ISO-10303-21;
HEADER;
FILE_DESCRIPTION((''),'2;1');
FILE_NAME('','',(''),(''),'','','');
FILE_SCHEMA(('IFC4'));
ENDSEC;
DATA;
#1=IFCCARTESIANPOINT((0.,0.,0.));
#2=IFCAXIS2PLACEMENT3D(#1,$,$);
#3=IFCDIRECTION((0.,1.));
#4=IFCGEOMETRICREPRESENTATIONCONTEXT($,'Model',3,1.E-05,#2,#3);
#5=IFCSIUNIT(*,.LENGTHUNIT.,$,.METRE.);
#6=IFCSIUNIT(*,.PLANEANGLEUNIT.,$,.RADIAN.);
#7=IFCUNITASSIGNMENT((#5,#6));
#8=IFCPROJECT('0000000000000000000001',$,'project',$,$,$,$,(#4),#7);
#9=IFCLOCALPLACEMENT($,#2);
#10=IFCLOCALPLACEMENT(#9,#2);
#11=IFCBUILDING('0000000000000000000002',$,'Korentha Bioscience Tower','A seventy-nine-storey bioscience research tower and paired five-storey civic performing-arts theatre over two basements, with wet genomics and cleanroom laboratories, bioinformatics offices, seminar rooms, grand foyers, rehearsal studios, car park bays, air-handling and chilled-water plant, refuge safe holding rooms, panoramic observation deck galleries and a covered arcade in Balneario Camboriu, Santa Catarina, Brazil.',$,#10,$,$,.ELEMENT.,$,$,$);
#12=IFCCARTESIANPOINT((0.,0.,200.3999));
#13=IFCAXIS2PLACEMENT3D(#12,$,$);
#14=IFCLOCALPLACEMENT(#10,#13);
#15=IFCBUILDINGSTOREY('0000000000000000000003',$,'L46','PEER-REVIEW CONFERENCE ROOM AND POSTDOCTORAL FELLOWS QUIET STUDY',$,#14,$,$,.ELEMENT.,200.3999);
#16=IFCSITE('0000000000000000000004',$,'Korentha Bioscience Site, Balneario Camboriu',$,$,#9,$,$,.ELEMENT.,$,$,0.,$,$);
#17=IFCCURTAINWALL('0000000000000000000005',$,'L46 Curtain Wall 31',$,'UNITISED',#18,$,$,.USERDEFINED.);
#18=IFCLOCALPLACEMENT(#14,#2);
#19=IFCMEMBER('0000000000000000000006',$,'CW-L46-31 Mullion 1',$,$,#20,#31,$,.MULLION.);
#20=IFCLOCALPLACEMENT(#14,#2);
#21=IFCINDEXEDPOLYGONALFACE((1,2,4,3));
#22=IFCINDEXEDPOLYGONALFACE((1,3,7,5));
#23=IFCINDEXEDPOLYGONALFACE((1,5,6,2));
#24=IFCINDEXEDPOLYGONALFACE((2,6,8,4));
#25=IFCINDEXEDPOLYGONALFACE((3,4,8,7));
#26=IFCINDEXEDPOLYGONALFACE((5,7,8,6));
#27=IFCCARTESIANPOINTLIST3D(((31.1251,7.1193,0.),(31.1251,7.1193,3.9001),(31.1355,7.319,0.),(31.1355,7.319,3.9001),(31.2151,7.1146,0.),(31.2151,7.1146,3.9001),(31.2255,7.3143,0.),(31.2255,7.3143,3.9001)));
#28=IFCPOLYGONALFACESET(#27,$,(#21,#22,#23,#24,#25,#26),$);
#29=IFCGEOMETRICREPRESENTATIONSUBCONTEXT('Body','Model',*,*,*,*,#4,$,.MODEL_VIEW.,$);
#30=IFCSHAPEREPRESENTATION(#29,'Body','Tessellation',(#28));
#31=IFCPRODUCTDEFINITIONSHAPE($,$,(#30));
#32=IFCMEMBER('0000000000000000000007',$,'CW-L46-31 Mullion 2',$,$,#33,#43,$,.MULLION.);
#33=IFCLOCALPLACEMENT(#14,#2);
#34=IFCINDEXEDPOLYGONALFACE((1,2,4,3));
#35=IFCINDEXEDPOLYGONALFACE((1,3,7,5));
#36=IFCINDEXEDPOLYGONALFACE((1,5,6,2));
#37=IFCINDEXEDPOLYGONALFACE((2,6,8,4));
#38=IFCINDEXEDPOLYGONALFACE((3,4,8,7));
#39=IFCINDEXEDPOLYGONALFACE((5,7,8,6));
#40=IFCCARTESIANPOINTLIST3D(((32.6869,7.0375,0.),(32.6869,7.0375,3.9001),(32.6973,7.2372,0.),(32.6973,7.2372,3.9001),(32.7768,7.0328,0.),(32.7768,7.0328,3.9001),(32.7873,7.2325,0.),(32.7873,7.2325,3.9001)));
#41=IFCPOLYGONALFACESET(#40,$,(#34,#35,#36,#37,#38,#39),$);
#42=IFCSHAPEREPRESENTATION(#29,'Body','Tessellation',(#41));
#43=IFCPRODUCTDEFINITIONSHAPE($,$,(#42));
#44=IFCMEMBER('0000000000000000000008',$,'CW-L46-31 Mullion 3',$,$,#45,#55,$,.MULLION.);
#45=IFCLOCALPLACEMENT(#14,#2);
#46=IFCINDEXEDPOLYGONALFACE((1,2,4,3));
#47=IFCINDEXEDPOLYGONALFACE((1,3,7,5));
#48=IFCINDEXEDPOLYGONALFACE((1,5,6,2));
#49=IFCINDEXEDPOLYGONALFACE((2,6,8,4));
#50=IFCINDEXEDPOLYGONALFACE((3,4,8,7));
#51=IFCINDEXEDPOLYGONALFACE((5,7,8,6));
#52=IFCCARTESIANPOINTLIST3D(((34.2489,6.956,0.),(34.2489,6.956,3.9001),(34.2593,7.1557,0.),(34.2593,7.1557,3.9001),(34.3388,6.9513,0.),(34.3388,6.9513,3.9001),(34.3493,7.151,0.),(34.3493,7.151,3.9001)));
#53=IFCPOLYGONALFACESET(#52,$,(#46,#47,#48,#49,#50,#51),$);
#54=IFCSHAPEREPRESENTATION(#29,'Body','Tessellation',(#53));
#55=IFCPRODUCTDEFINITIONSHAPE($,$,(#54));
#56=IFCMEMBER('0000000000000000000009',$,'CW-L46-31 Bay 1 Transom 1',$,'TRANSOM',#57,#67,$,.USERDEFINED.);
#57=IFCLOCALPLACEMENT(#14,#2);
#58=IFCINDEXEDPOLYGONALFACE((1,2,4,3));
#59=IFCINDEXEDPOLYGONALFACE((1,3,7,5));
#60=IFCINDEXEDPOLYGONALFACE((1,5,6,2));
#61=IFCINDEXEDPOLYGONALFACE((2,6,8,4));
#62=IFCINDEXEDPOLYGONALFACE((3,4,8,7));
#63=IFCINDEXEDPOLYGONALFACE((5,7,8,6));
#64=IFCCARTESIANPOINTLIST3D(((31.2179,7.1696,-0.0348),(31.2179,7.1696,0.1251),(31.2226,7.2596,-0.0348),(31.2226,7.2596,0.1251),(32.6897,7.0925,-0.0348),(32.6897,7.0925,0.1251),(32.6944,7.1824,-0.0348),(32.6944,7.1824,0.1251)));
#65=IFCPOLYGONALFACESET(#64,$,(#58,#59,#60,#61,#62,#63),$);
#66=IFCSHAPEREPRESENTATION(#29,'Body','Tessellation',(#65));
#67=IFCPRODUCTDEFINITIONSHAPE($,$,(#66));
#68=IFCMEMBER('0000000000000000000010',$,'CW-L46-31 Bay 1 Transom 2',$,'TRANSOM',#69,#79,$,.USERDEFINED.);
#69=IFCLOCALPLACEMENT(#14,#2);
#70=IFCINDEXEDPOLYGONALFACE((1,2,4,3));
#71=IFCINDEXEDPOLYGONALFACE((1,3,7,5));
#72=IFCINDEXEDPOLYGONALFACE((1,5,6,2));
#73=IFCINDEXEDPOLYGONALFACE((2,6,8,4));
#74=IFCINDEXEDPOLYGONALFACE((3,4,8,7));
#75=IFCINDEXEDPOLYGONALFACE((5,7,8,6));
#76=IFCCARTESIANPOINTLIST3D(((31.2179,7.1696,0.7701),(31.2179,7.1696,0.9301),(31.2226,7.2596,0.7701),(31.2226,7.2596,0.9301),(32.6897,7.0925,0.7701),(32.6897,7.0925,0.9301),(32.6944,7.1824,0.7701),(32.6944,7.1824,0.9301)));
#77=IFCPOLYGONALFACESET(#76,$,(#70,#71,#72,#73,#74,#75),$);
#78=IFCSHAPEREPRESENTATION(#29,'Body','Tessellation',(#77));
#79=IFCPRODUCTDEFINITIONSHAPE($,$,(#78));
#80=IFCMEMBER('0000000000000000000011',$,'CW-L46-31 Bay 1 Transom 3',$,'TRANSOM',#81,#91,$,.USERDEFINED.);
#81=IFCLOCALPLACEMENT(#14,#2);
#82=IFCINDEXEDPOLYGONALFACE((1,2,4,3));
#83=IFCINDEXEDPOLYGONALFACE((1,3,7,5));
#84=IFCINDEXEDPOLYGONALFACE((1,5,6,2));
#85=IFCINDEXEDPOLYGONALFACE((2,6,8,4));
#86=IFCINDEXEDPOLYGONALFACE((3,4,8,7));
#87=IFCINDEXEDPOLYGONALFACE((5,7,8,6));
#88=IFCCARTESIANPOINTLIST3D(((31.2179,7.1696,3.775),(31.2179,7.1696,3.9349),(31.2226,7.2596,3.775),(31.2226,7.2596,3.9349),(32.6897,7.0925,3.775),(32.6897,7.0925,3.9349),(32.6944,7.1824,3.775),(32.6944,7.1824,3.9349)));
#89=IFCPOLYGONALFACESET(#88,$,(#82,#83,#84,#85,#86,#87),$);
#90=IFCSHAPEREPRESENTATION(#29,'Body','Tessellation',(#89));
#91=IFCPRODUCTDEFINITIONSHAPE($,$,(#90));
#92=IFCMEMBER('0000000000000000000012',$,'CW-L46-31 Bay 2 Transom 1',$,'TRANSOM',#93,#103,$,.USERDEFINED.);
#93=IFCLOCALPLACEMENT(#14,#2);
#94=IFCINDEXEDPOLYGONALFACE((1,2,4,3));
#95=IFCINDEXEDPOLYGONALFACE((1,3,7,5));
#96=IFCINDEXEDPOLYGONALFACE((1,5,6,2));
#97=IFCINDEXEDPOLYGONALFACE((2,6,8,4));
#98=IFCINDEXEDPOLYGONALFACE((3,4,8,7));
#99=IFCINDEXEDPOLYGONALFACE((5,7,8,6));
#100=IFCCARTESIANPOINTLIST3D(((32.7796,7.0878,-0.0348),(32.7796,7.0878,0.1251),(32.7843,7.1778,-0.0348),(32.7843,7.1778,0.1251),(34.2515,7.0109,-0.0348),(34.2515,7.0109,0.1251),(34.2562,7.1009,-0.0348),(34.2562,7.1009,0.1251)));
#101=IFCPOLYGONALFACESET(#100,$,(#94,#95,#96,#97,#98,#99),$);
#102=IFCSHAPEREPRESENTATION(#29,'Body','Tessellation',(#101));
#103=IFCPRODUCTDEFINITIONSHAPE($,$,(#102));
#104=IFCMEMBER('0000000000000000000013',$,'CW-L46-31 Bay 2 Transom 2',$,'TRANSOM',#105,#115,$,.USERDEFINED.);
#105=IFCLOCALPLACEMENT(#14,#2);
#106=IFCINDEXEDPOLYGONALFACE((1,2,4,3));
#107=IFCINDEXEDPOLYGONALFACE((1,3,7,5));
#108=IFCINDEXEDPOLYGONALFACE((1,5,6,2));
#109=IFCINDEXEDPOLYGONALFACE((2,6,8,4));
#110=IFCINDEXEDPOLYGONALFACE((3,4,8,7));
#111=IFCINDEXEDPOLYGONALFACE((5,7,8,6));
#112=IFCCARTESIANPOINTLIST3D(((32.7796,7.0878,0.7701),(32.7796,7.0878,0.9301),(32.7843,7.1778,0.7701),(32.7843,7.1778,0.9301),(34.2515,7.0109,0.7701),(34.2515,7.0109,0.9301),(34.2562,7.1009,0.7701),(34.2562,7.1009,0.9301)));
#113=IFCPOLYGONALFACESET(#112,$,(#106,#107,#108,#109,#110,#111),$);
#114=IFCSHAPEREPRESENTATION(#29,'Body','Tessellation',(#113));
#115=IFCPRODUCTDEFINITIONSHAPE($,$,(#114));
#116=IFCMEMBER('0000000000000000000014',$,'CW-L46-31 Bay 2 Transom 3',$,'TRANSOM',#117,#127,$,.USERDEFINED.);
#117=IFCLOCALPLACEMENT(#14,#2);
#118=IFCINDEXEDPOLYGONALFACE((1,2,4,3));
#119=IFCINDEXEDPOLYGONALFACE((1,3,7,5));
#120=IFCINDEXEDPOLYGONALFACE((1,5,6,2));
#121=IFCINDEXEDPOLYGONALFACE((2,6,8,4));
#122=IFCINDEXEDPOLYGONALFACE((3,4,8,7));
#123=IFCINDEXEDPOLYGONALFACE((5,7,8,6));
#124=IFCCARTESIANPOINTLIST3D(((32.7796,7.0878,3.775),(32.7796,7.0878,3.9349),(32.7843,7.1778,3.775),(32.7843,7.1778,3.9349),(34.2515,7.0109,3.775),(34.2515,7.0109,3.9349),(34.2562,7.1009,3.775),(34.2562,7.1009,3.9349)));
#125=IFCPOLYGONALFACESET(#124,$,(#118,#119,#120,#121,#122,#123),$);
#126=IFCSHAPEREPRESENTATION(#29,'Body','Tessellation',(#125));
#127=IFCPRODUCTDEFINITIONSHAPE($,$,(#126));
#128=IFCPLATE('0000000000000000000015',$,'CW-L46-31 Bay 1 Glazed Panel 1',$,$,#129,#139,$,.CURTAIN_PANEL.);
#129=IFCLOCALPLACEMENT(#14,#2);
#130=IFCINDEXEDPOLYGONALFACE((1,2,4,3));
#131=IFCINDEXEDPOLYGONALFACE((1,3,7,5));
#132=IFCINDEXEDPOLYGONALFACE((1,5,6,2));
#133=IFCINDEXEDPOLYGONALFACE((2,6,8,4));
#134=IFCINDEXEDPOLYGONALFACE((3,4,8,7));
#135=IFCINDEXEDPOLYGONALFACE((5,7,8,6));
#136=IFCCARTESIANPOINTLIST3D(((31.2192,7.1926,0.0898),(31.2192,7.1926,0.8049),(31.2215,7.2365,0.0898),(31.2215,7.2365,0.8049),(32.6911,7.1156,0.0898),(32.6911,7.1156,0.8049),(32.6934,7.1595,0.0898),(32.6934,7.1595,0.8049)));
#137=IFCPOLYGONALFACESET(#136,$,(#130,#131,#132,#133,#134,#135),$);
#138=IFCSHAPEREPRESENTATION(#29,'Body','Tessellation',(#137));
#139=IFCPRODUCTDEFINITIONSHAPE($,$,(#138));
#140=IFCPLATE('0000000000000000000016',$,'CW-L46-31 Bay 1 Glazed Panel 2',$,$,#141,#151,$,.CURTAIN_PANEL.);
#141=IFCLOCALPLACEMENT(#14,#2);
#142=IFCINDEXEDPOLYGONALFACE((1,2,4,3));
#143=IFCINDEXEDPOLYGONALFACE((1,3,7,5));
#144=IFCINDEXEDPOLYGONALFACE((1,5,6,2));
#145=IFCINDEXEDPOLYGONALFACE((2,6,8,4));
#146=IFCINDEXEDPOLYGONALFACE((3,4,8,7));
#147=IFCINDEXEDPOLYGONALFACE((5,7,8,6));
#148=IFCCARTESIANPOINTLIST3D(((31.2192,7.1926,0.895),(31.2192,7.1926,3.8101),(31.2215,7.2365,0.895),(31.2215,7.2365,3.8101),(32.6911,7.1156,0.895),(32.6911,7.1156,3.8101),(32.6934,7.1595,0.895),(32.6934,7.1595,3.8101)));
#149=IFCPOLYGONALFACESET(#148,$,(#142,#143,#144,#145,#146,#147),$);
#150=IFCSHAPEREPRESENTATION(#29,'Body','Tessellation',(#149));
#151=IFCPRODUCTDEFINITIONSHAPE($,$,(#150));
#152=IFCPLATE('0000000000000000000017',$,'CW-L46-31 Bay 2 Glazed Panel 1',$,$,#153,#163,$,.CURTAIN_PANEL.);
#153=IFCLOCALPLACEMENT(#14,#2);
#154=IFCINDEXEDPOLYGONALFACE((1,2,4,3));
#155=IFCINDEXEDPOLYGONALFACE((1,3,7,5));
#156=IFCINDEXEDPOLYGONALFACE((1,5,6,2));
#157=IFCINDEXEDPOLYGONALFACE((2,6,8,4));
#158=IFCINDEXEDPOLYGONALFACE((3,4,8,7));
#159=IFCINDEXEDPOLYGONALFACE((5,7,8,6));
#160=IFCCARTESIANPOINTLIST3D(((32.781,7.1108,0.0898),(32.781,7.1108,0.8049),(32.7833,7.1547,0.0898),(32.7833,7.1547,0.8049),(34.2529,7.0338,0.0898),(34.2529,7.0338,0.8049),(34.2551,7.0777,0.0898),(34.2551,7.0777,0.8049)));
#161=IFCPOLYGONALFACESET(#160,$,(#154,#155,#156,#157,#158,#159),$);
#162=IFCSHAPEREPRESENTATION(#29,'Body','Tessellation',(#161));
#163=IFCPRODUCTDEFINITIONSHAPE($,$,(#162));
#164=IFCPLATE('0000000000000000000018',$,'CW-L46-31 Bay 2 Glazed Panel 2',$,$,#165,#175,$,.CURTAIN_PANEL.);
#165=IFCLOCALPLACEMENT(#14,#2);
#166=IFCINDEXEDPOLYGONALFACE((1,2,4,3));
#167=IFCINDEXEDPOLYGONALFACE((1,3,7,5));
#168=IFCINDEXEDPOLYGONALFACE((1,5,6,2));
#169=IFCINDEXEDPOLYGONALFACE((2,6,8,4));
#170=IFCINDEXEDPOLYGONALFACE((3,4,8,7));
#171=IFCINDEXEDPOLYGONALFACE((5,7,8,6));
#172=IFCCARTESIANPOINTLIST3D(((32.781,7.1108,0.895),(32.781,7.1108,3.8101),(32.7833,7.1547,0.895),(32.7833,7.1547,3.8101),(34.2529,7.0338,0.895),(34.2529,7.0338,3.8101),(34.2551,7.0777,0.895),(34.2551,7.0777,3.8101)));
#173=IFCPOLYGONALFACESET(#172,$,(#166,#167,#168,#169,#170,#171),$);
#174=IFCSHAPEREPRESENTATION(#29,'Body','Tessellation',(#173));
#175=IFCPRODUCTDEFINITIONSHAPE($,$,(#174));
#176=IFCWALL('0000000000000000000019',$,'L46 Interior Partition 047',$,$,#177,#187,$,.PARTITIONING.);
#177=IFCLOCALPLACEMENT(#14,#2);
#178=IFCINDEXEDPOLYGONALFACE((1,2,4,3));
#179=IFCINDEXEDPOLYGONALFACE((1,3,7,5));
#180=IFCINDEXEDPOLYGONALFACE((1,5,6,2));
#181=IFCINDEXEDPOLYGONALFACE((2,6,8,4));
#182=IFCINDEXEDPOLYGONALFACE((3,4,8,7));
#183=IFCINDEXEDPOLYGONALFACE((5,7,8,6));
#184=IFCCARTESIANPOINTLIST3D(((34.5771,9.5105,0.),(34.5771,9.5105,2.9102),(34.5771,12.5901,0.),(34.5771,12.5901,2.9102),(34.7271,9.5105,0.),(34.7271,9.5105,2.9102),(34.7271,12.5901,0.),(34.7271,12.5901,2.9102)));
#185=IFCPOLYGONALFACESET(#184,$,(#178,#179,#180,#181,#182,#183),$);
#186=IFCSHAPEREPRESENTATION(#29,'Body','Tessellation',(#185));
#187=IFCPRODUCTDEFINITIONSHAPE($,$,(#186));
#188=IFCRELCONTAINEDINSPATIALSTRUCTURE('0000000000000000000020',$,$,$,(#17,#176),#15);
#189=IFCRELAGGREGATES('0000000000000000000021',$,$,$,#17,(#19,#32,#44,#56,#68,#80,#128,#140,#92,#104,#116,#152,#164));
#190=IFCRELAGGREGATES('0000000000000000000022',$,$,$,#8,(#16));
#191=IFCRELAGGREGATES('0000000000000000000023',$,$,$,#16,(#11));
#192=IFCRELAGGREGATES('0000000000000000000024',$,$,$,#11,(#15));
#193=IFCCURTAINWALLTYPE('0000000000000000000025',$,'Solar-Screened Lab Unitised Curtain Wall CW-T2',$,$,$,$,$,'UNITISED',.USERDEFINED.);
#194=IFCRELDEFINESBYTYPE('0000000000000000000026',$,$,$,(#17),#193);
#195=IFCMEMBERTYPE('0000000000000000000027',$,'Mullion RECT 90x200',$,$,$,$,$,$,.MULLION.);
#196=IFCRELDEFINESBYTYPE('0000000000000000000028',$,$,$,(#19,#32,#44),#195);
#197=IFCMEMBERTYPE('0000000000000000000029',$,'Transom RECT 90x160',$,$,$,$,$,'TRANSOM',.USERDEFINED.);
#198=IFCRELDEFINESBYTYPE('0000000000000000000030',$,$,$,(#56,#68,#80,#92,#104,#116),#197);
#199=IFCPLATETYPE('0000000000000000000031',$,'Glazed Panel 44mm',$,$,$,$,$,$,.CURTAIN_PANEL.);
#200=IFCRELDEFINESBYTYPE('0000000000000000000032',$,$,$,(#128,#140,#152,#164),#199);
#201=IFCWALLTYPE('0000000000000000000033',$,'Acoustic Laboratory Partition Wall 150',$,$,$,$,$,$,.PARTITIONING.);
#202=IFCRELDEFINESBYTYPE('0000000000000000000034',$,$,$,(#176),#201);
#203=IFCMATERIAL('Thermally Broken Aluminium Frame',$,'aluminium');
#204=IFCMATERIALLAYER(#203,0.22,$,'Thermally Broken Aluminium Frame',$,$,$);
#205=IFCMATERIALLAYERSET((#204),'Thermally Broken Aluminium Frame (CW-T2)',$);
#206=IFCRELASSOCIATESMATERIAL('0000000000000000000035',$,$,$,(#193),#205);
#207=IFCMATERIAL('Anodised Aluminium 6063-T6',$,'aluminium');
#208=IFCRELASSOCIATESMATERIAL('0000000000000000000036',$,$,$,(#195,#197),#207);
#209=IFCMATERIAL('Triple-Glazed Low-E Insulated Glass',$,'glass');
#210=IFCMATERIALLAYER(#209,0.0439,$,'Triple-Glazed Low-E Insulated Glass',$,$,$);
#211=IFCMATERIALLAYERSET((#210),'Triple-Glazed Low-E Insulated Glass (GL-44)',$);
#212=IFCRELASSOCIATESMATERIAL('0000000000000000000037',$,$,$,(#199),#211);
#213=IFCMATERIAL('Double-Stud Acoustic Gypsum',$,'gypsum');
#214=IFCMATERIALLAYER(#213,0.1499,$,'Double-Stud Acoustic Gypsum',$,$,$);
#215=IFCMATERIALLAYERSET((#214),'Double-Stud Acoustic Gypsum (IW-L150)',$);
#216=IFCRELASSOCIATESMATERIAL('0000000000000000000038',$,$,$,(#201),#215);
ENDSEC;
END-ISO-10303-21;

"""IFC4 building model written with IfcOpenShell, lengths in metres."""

from ifc_helpers import new_model, si_unit, direction, frame, frame_2d, origin, origin_2d, place, context, subcontext, project, spatial, rectangle, extrude, material, layer, layer_set, material_profile, profile_set, type_object, element, aggregate, save


model = new_model("IFC4")

# Units and contexts
model_context = context("Model", 3, precision=1e-05, world=origin(), true_north=direction((0.0, 1.0)))
body_context = subcontext(model_context, "Body", "Model", "MODEL_VIEW")
ifc_project = project(units=[si_unit("LENGTHUNIT", "METRE"), si_unit("PLANEANGLEUNIT", "RADIAN")], contexts=[model_context])

# Site, building, storey
site_placement = place(None, origin())
site = spatial("IfcSite", under=ifc_project, at=site_placement, Name="Korentha Bioscience Site, Balneario Camboriu", CompositionType="ELEMENT", RefElevation=0.0)
building_placement = place(site_placement, origin())
building = spatial("IfcBuilding", under=site, at=building_placement, Name="Korentha Bioscience Tower", Description="A seventy-nine-storey bioscience research tower and paired five-storey civic performing-arts theatre over two basements, with wet genomics and cleanroom laboratories, bioinformatics offices, seminar rooms, grand foyers, rehearsal studios, car park bays, air-handling and chilled-water plant, refuge safe holding rooms, panoramic observation deck galleries and a covered arcade in Balneario Camboriu, Santa Catarina, Brazil.", CompositionType="ELEMENT")
storey_placement = place(building_placement, frame((0.0, 0.0, 200.3999)))
storey = spatial("IfcBuildingStorey", under=building, at=storey_placement, Name="L46", Description="PEER-REVIEW CONFERENCE ROOM AND POSTDOCTORAL FELLOWS QUIET STUDY", CompositionType="ELEMENT", Elevation=200.3999)

# Curtain wall, members, plates
ifc_material_1 = material(Name="Thermally Broken Aluminium Frame", Category="aluminium")
ifc_layer_1 = layer(ifc_material_1, 0.22, Name="Thermally Broken Aluminium Frame")
ifc_layer_set_1 = layer_set([ifc_layer_1], Name="Thermally Broken Aluminium Frame (CW-T2)")
curtain_wall_type = type_object("IfcCurtainWallType", Name="Solar-Screened Lab Unitised Curtain Wall CW-T2", ElementType="UNITISED", PredefinedType="USERDEFINED", material=ifc_layer_set_1)
curtain_wall_placement = place(storey_placement, origin())
curtain_wall = element("IfcCurtainWall", 1, at=curtain_wall_placement, inside=storey, type_object=curtain_wall_type, Name="L46 Curtain Wall 31", ObjectType="UNITISED", PredefinedType="USERDEFINED")
ifc_material_2 = material(Name="Anodised Aluminium 6063-T6", Category="aluminium")
ifc_material_profile_1 = material_profile(ifc_material_2, rectangle(XDim=0.0901, YDim=0.2, at=origin_2d()), Name="Anodised Aluminium 6063-T6")
ifc_profile_set_1 = profile_set([ifc_material_profile_1], Name="Anodised Aluminium 6063-T6 (CW-MUL)")
member_type_1 = type_object("IfcMemberType", Name="Mullion RECT 90x200", PredefinedType="MULLION", material=ifc_profile_set_1)
member_1_placement = place(storey_placement, frame((31.1753, 7.2168, 0.0), z_axis=(0.0, 0.0, 1.0), x_axis=(0.998635, -0.052239, 0.0)))
member_1 = element("IfcMember", 2, at=member_1_placement, type_object=member_type_1, Name="CW-L46-31 Mullion 1", PredefinedType="MULLION", context=body_context, shape_type="SweptSolid", body=[
    extrude(rectangle(XDim=0.0901, YDim=0.2, at=origin_2d()), origin(), (0.0, 0.0, 1.0), 3.9001),
])
member_2_placement = place(storey_placement, frame((32.7371, 7.135, 0.0), z_axis=(0.0, 0.0, 1.0), x_axis=(0.998635, -0.052239, 0.0)))
member_2 = element("IfcMember", 3, at=member_2_placement, type_object=member_type_1, Name="CW-L46-31 Mullion 2", PredefinedType="MULLION", context=body_context, shape_type="SweptSolid", body=[
    extrude(rectangle(XDim=0.0901, YDim=0.2, at=origin_2d()), origin(), (0.0, 0.0, 1.0), 3.9001),
])
member_3_placement = place(storey_placement, frame((34.2991, 7.0535, 0.0), z_axis=(0.0, 0.0, 1.0), x_axis=(0.998635, -0.052239, 0.0)))
member_3 = element("IfcMember", 4, at=member_3_placement, type_object=member_type_1, Name="CW-L46-31 Mullion 3", PredefinedType="MULLION", context=body_context, shape_type="SweptSolid", body=[
    extrude(rectangle(XDim=0.0901, YDim=0.2, at=origin_2d()), origin(), (0.0, 0.0, 1.0), 3.9001),
])
ifc_material_profile_2 = material_profile(ifc_material_2, rectangle(XDim=0.0901, YDim=0.1599, at=origin_2d()), Name="Anodised Aluminium 6063-T6")
ifc_profile_set_2 = profile_set([ifc_material_profile_2], Name="Anodised Aluminium 6063-T6 (CW-TRN)")
member_type_2 = type_object("IfcMemberType", Name="Transom RECT 90x160", ElementType="TRANSOM", PredefinedType="USERDEFINED", material=ifc_profile_set_2)
member_4_placement = place(storey_placement, frame((31.2202, 7.2146, 0.0452), z_axis=(0.998629, -0.052341, 0.0), x_axis=(0.052341, 0.998629, 0.0)))
member_4 = element("IfcMember", 5, at=member_4_placement, type_object=member_type_2, Name="CW-L46-31 Bay 1 Transom 1", ObjectType="TRANSOM", PredefinedType="USERDEFINED", context=body_context, shape_type="SweptSolid", body=[
    extrude(rectangle(XDim=0.0901, YDim=0.1599, at=origin_2d()), origin(), (0.0, 0.0, 1.0), 1.4739),
])
member_5_placement = place(storey_placement, frame((31.2202, 7.2146, 0.8501), z_axis=(0.998629, -0.052341, 0.0), x_axis=(0.052341, 0.998629, 0.0)))
member_5 = element("IfcMember", 6, at=member_5_placement, type_object=member_type_2, Name="CW-L46-31 Bay 1 Transom 2", ObjectType="TRANSOM", PredefinedType="USERDEFINED", context=body_context, shape_type="SweptSolid", body=[
    extrude(rectangle(XDim=0.0901, YDim=0.1599, at=origin_2d()), origin(), (0.0, 0.0, 1.0), 1.4739),
])
member_6_placement = place(storey_placement, frame((31.2202, 7.2146, 3.855), z_axis=(0.998629, -0.052341, 0.0), x_axis=(0.052341, 0.998629, 0.0)))
member_6 = element("IfcMember", 7, at=member_6_placement, type_object=member_type_2, Name="CW-L46-31 Bay 1 Transom 3", ObjectType="TRANSOM", PredefinedType="USERDEFINED", context=body_context, shape_type="SweptSolid", body=[
    extrude(rectangle(XDim=0.0901, YDim=0.1599, at=origin_2d()), origin(), (0.0, 0.0, 1.0), 1.4739),
])
member_7_placement = place(storey_placement, frame((32.782, 7.1328, 0.0452), z_axis=(0.998638, -0.052176, 0.0), x_axis=(0.052176, 0.998638, 0.0)))
member_7 = element("IfcMember", 8, at=member_7_placement, type_object=member_type_2, Name="CW-L46-31 Bay 2 Transom 1", ObjectType="TRANSOM", PredefinedType="USERDEFINED", context=body_context, shape_type="SweptSolid", body=[
    extrude(rectangle(XDim=0.0901, YDim=0.1599, at=origin_2d()), origin(), (0.0, 0.0, 1.0), 1.4739),
])
member_8_placement = place(storey_placement, frame((32.782, 7.1328, 0.8501), z_axis=(0.998638, -0.052176, 0.0), x_axis=(0.052176, 0.998638, 0.0)))
member_8 = element("IfcMember", 9, at=member_8_placement, type_object=member_type_2, Name="CW-L46-31 Bay 2 Transom 2", ObjectType="TRANSOM", PredefinedType="USERDEFINED", context=body_context, shape_type="SweptSolid", body=[
    extrude(rectangle(XDim=0.0901, YDim=0.1599, at=origin_2d()), origin(), (0.0, 0.0, 1.0), 1.4739),
])
member_9_placement = place(storey_placement, frame((32.782, 7.1328, 3.855), z_axis=(0.998638, -0.052176, 0.0), x_axis=(0.052176, 0.998638, 0.0)))
member_9 = element("IfcMember", 10, at=member_9_placement, type_object=member_type_2, Name="CW-L46-31 Bay 2 Transom 3", ObjectType="TRANSOM", PredefinedType="USERDEFINED", context=body_context, shape_type="SweptSolid", body=[
    extrude(rectangle(XDim=0.0901, YDim=0.1599, at=origin_2d()), origin(), (0.0, 0.0, 1.0), 1.4739),
])
ifc_material_3 = material(Name="Triple-Glazed Low-E Insulated Glass", Category="glass")
ifc_layer_2 = layer(ifc_material_3, 0.0439, Name="Triple-Glazed Low-E Insulated Glass")
ifc_layer_set_2 = layer_set([ifc_layer_2], Name="Triple-Glazed Low-E Insulated Glass (GL-44)")
plate_type = type_object("IfcPlateType", Name="Glazed Panel 44mm", PredefinedType="CURTAIN_PANEL", material=ifc_layer_set_2)
plate_1_placement = place(storey_placement, frame((31.9563, 7.176, 0.0898), z_axis=(0.0, 0.0, 1.0), x_axis=(0.998635, -0.052239, 0.0)))
plate_1 = element("IfcPlate", 11, at=plate_1_placement, type_object=plate_type, Name="CW-L46-31 Bay 1 Glazed Panel 1", PredefinedType="CURTAIN_PANEL", context=body_context, shape_type="SweptSolid", body=[
    extrude(rectangle(XDim=1.4739, YDim=0.0439, at=origin_2d()), origin(), (0.0, 0.0, 1.0), 0.7151),
])
plate_2_placement = place(storey_placement, frame((31.9563, 7.176, 0.895), z_axis=(0.0, 0.0, 1.0), x_axis=(0.998635, -0.052239, 0.0)))
plate_2 = element("IfcPlate", 12, at=plate_2_placement, type_object=plate_type, Name="CW-L46-31 Bay 1 Glazed Panel 2", PredefinedType="CURTAIN_PANEL", context=body_context, shape_type="SweptSolid", body=[
    extrude(rectangle(XDim=1.4739, YDim=0.0439, at=origin_2d()), origin(), (0.0, 0.0, 1.0), 2.915),
])
plate_3_placement = place(storey_placement, frame((33.5181, 7.0942, 0.0898), z_axis=(0.0, 0.0, 1.0), x_axis=(0.998635, -0.052239, 0.0)))
plate_3 = element("IfcPlate", 13, at=plate_3_placement, type_object=plate_type, Name="CW-L46-31 Bay 2 Glazed Panel 1", PredefinedType="CURTAIN_PANEL", context=body_context, shape_type="SweptSolid", body=[
    extrude(rectangle(XDim=1.4739, YDim=0.0439, at=origin_2d()), origin(), (0.0, 0.0, 1.0), 0.7151),
])
plate_4_placement = place(storey_placement, frame((33.5181, 7.0942, 0.895), z_axis=(0.0, 0.0, 1.0), x_axis=(0.998635, -0.052239, 0.0)))
plate_4 = element("IfcPlate", 14, at=plate_4_placement, type_object=plate_type, Name="CW-L46-31 Bay 2 Glazed Panel 2", PredefinedType="CURTAIN_PANEL", context=body_context, shape_type="SweptSolid", body=[
    extrude(rectangle(XDim=1.4739, YDim=0.0439, at=origin_2d()), origin(), (0.0, 0.0, 1.0), 2.915),
])
aggregate(curtain_wall, [member_1, member_2, member_3, member_4, member_5, member_6, plate_1, plate_2, member_7, member_8, member_9, plate_3, plate_4])

# Shared definitions
ifc_material_4 = material(Name="Double-Stud Acoustic Gypsum", Category="gypsum")
ifc_layer_3 = layer(ifc_material_4, 0.1499, Name="Double-Stud Acoustic Gypsum")
ifc_layer_set_3 = layer_set([ifc_layer_3], Name="Double-Stud Acoustic Gypsum (IW-L150)")
wall_type_1 = type_object("IfcWallType", Name="Acoustic Laboratory Partition Wall 150", PredefinedType="PARTITIONING", material=ifc_layer_set_3)

# Wall
wall_1_placement = place(storey_placement, frame((34.6521, 9.5105, 0.0), z_axis=(0.0, 0.0, 1.0), x_axis=(0.0, 1.0, 0.0)))
element("IfcWall", 15, at=wall_1_placement, inside=storey, type_object=wall_type_1, Name="L46 Interior Partition 047", PredefinedType="PARTITIONING", context=body_context, shape_type="SweptSolid", body=[
    extrude(rectangle(XDim=3.0796, YDim=0.1499, at=frame_2d((1.5398, 0.0))), origin(), (0.0, 0.0, 1.0), 2.9102),
])

save(model, "model.ifc")
